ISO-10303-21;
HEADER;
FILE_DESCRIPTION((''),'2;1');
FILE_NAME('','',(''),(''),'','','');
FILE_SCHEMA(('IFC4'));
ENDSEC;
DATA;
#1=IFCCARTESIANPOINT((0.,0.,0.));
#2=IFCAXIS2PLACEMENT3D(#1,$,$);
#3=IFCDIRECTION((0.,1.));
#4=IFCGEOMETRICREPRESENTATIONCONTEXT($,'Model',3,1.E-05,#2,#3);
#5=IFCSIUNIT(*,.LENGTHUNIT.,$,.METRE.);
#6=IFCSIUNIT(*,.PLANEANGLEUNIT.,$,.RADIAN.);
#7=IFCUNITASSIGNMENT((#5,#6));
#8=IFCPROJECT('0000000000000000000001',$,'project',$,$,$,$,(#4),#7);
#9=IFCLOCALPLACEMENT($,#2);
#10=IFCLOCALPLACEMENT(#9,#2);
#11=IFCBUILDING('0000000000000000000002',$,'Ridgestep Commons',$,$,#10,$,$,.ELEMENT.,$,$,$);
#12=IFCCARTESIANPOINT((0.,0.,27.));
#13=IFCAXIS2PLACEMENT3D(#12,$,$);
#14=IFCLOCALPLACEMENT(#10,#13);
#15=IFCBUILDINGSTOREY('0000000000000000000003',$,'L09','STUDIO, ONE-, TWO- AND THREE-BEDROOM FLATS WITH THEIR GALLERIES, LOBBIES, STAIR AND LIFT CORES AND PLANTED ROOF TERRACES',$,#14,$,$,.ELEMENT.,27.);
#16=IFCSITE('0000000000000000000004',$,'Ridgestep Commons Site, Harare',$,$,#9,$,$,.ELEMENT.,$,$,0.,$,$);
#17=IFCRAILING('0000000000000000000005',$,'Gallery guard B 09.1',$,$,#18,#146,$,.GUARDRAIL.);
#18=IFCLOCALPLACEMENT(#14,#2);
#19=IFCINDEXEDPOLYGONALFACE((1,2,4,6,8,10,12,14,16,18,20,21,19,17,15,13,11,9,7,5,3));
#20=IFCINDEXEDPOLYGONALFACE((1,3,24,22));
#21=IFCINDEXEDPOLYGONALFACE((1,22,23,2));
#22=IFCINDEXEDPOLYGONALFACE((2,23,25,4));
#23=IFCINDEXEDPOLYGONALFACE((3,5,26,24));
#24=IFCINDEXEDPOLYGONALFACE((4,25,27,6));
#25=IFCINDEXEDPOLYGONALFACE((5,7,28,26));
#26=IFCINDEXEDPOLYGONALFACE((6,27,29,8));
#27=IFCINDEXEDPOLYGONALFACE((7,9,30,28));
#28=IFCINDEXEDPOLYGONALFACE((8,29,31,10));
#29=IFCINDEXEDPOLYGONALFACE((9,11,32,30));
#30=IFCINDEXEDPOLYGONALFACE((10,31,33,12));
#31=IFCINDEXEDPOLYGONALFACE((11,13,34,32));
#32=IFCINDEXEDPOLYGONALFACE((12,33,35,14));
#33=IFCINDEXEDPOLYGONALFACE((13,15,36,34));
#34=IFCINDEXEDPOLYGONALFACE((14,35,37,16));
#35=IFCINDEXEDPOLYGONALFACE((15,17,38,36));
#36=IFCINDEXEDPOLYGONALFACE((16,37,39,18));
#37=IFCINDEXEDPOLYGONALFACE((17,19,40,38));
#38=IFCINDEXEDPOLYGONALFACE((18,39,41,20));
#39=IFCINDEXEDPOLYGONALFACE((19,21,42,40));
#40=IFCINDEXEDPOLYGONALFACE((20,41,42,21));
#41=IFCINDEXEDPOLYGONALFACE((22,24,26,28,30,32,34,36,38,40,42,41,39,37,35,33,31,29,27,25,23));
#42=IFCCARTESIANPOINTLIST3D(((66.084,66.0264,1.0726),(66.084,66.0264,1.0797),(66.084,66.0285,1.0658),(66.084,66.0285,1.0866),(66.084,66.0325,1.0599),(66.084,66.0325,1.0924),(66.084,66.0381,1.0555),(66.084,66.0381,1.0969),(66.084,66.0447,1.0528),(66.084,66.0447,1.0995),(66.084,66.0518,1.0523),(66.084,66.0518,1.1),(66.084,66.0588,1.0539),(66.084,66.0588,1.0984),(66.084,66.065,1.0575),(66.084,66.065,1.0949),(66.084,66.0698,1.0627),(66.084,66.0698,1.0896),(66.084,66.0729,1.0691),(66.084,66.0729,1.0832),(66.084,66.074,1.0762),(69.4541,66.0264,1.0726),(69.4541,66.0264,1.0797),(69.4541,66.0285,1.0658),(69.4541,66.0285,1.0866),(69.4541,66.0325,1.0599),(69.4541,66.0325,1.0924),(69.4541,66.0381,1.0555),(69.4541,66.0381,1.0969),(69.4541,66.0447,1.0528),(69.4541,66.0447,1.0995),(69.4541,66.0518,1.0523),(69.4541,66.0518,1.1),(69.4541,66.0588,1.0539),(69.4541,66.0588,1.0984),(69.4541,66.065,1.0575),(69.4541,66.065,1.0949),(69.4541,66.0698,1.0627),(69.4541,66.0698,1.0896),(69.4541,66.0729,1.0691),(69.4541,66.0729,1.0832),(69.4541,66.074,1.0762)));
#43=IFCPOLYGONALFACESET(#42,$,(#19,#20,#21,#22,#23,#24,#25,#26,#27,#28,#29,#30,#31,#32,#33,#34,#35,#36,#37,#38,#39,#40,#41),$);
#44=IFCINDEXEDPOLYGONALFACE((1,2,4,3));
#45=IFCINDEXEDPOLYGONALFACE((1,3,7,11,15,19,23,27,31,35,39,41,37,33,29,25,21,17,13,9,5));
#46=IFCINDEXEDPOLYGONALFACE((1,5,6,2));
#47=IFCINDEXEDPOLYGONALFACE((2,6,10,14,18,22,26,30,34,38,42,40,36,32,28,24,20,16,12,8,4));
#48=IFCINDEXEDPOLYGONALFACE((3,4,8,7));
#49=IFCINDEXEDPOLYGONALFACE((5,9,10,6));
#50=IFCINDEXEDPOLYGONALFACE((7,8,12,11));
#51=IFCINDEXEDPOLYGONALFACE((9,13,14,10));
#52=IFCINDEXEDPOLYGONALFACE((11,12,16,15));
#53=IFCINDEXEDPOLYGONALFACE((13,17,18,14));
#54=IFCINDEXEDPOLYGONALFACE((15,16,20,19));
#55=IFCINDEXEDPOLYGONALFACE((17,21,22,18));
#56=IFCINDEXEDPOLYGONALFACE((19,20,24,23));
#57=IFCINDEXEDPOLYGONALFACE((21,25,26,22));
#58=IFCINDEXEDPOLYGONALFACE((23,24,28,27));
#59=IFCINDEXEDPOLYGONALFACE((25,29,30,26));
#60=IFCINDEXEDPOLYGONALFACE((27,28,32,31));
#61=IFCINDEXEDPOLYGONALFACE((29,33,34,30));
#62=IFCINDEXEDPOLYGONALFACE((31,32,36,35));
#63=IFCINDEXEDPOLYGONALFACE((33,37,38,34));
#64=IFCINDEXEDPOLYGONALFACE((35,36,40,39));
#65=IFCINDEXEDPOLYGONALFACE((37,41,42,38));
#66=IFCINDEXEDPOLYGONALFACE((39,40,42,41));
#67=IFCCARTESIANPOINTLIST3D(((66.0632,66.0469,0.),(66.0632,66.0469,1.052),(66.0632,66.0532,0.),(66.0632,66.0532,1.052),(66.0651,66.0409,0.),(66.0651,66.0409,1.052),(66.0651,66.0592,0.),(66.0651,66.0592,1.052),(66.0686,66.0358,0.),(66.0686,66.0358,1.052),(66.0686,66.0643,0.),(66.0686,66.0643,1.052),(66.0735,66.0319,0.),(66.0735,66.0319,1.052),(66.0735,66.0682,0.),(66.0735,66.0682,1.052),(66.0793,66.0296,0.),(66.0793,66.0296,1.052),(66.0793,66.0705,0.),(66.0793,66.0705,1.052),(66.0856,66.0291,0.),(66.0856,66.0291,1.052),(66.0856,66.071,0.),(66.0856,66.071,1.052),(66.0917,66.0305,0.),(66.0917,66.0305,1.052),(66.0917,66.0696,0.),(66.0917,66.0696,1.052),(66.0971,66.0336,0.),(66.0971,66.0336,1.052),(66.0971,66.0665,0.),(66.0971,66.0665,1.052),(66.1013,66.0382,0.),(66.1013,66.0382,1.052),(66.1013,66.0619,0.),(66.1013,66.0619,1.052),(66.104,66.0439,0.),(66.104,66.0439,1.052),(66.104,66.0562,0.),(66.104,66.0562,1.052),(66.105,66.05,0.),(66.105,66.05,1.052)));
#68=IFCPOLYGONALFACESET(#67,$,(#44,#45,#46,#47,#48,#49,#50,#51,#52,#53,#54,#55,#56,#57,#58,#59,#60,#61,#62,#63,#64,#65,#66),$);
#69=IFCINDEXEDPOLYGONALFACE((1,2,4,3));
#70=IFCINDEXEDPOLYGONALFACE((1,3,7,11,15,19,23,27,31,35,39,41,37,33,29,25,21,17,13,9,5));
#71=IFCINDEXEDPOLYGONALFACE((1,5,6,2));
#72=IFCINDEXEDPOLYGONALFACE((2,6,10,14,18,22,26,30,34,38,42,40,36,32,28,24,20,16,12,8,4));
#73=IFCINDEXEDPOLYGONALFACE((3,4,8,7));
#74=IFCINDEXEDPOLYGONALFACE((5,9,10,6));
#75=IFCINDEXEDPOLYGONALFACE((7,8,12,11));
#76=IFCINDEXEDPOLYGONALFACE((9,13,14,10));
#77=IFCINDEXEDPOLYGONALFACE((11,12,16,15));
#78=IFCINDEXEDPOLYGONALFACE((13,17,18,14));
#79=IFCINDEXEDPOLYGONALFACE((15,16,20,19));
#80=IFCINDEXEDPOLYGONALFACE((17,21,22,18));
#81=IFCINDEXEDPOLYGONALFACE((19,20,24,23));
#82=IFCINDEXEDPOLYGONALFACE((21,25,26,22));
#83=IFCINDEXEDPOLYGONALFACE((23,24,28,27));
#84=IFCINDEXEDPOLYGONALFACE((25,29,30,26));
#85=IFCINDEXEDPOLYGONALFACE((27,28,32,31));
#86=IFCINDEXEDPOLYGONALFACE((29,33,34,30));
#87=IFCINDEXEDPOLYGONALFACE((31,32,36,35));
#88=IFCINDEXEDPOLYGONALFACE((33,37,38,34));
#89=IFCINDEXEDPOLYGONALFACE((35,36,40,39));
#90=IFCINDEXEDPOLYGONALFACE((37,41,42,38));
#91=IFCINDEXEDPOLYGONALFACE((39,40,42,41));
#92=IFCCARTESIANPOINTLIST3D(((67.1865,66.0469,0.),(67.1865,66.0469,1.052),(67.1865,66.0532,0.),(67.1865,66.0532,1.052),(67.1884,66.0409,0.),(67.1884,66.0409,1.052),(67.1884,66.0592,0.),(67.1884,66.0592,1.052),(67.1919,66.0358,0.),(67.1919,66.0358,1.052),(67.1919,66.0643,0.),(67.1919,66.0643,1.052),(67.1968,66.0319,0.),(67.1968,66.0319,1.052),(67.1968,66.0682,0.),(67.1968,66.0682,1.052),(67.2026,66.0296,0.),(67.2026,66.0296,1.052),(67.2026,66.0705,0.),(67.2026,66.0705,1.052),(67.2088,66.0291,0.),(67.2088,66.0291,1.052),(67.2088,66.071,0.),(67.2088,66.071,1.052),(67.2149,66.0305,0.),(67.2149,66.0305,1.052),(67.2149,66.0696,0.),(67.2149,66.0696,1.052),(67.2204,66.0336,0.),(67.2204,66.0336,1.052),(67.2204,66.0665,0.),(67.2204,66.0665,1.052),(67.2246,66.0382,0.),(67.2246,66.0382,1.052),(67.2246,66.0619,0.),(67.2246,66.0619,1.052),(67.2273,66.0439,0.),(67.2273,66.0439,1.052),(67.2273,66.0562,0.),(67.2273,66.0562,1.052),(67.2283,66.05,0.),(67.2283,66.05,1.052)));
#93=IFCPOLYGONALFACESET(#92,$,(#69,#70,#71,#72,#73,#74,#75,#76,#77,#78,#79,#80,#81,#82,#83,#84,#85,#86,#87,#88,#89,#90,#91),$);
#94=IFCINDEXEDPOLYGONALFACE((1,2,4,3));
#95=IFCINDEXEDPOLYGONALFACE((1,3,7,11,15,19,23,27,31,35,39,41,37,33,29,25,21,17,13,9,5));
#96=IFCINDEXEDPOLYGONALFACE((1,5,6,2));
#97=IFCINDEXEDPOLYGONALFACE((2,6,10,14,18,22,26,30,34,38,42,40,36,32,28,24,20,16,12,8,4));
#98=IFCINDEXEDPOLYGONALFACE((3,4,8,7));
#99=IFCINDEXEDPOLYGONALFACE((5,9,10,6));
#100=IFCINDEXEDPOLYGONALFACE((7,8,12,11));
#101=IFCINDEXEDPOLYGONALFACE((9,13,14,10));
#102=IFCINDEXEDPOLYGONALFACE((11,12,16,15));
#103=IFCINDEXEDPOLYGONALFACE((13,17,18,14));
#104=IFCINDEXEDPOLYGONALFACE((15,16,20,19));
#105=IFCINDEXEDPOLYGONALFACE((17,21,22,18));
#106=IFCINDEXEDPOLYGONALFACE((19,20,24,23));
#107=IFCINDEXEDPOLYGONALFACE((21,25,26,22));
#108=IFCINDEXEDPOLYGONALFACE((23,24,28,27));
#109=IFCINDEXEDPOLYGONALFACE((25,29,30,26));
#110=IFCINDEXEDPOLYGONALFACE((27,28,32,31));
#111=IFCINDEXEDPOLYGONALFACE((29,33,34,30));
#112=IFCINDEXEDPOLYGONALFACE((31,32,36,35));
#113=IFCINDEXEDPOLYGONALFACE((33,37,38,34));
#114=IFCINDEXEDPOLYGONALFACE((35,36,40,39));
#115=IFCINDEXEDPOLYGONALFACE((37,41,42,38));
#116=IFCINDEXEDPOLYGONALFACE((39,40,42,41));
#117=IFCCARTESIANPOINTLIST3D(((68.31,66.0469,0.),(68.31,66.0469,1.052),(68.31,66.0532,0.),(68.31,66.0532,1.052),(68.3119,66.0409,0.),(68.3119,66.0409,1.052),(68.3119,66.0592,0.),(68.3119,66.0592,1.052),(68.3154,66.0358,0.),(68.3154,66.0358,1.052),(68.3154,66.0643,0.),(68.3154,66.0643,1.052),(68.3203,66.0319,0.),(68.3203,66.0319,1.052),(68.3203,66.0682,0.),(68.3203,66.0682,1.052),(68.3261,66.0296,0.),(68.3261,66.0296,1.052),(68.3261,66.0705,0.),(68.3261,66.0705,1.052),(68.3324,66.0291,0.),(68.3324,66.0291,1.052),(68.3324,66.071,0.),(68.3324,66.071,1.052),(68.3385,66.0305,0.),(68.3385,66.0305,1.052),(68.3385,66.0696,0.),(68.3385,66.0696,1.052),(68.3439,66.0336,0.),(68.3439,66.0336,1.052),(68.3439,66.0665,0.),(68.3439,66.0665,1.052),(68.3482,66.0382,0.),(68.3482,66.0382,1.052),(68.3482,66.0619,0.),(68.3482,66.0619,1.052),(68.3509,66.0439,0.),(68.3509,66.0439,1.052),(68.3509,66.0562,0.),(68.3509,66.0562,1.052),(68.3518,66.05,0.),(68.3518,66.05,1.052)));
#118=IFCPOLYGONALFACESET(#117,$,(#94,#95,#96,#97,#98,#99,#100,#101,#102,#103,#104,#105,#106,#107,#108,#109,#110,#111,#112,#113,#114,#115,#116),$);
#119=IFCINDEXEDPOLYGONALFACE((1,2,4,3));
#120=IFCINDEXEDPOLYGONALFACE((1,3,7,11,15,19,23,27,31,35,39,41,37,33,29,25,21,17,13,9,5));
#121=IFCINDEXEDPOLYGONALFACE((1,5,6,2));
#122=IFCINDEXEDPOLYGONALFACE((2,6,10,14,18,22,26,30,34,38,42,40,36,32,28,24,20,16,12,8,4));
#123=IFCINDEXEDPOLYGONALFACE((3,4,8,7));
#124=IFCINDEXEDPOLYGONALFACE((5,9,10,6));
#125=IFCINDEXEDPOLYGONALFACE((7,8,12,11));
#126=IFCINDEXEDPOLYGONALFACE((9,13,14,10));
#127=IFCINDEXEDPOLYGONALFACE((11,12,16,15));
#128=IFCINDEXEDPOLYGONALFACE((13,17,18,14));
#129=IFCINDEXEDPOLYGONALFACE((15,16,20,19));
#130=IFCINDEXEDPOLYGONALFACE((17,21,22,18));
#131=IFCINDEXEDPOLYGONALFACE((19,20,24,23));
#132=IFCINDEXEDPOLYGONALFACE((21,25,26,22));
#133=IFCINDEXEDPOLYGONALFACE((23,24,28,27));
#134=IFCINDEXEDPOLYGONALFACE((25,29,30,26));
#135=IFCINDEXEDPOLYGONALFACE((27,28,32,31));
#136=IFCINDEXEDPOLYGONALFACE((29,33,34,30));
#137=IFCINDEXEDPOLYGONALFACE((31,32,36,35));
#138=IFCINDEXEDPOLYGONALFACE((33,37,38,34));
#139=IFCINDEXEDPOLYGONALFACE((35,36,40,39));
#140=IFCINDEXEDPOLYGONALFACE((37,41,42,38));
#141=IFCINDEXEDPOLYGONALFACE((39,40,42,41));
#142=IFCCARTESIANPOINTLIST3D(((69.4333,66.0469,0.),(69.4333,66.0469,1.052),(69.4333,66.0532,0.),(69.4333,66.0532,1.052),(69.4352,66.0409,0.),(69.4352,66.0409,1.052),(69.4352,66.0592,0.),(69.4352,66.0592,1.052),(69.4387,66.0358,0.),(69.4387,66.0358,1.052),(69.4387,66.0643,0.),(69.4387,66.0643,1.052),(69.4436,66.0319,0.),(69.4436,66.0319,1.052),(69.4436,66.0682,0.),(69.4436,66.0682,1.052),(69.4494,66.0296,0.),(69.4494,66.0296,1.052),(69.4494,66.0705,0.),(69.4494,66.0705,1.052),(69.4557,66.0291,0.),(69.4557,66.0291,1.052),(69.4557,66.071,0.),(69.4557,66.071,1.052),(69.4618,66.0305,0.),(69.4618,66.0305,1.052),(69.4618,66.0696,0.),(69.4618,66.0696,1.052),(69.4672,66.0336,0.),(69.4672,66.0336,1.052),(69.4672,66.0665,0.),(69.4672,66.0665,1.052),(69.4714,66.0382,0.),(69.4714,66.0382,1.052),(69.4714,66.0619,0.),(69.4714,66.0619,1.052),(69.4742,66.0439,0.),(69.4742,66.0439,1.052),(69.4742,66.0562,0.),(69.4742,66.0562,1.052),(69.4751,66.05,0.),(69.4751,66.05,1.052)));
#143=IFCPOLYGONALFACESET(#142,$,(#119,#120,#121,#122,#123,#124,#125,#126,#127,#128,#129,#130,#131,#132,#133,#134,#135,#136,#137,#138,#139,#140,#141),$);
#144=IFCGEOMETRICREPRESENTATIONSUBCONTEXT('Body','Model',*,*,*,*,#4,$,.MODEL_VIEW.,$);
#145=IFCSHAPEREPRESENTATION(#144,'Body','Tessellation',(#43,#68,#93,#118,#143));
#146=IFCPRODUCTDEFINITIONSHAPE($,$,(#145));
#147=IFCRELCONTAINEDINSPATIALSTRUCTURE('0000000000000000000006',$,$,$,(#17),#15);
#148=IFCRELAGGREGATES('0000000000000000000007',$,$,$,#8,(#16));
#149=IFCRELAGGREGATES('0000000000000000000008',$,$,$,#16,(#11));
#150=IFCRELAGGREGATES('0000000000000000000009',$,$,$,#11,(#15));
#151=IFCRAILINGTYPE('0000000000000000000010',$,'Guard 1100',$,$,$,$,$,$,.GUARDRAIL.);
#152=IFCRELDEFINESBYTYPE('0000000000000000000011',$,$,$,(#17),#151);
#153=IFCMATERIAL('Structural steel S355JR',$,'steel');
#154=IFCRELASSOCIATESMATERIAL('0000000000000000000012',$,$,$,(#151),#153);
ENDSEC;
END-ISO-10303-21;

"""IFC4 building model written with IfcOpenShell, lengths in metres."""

from ifc_helpers import new_model, si_unit, direction, frame, origin, origin_2d, place, context, subcontext, project, spatial, circle, extrude, material, type_object, element, save


model = new_model("IFC4")

# Units and contexts
model_context = context("Model", 3, precision=1e-05, world=origin(), true_north=direction((0.0, 1.0)))
body_context = subcontext(model_context, "Body", "Model", "MODEL_VIEW")
ifc_project = project(units=[si_unit("LENGTHUNIT", "METRE"), si_unit("PLANEANGLEUNIT", "RADIAN")], contexts=[model_context])

# Site, building, storey
site_placement = place(None, origin())
site = spatial("IfcSite", under=ifc_project, at=site_placement, Name="Ridgestep Commons Site, Harare", CompositionType="ELEMENT", RefElevation=0.0)
building_placement = place(site_placement, origin())
building = spatial("IfcBuilding", under=site, at=building_placement, Name="Ridgestep Commons", CompositionType="ELEMENT")
storey_placement = place(building_placement, frame((0.0, 0.0, 27.0)))
storey = spatial("IfcBuildingStorey", under=building, at=storey_placement, Name="L09", Description="STUDIO, ONE-, TWO- AND THREE-BEDROOM FLATS WITH THEIR GALLERIES, LOBBIES, STAIR AND LIFT CORES AND PLANTED ROOF TERRACES", CompositionType="ELEMENT", Elevation=27.0)

# Railing
ifc_material_1 = material(Name="Structural steel S355JR", Category="steel")
railing_type_1 = type_object("IfcRailingType", Name="Guard 1100", PredefinedType="GUARDRAIL", material=ifc_material_1)
railing_1_placement = place(storey_placement, frame((66.084, 66.05, 0.0)))
element("IfcRailing", 1, at=railing_1_placement, inside=storey, type_object=railing_type_1, Name="Gallery guard B 09.1", PredefinedType="GUARDRAIL", context=body_context, shape_type="SweptSolid", body=[
    extrude(circle(Radius=0.0239, at=origin_2d()), frame((0.0, 0.0, 1.0762), z_axis=(1.0, 0.0, 0.0), x_axis=(0.0, 1.0, 0.0)), (0.0, 0.0, 1.0), 3.3701),
    extrude(circle(Radius=0.021, at=origin_2d()), origin(), (0.0, 0.0, 1.0), 1.052),
    extrude(circle(Radius=0.021, at=origin_2d()), frame((1.1233, 0.0, 0.0)), (0.0, 0.0, 1.0), 1.052),
    extrude(circle(Radius=0.021, at=origin_2d()), frame((2.2468, 0.0, 0.0)), (0.0, 0.0, 1.0), 1.052),
    extrude(circle(Radius=0.021, at=origin_2d()), frame((3.3701, 0.0, 0.0)), (0.0, 0.0, 1.0), 1.052),
])

save(model, "model.ifc")
